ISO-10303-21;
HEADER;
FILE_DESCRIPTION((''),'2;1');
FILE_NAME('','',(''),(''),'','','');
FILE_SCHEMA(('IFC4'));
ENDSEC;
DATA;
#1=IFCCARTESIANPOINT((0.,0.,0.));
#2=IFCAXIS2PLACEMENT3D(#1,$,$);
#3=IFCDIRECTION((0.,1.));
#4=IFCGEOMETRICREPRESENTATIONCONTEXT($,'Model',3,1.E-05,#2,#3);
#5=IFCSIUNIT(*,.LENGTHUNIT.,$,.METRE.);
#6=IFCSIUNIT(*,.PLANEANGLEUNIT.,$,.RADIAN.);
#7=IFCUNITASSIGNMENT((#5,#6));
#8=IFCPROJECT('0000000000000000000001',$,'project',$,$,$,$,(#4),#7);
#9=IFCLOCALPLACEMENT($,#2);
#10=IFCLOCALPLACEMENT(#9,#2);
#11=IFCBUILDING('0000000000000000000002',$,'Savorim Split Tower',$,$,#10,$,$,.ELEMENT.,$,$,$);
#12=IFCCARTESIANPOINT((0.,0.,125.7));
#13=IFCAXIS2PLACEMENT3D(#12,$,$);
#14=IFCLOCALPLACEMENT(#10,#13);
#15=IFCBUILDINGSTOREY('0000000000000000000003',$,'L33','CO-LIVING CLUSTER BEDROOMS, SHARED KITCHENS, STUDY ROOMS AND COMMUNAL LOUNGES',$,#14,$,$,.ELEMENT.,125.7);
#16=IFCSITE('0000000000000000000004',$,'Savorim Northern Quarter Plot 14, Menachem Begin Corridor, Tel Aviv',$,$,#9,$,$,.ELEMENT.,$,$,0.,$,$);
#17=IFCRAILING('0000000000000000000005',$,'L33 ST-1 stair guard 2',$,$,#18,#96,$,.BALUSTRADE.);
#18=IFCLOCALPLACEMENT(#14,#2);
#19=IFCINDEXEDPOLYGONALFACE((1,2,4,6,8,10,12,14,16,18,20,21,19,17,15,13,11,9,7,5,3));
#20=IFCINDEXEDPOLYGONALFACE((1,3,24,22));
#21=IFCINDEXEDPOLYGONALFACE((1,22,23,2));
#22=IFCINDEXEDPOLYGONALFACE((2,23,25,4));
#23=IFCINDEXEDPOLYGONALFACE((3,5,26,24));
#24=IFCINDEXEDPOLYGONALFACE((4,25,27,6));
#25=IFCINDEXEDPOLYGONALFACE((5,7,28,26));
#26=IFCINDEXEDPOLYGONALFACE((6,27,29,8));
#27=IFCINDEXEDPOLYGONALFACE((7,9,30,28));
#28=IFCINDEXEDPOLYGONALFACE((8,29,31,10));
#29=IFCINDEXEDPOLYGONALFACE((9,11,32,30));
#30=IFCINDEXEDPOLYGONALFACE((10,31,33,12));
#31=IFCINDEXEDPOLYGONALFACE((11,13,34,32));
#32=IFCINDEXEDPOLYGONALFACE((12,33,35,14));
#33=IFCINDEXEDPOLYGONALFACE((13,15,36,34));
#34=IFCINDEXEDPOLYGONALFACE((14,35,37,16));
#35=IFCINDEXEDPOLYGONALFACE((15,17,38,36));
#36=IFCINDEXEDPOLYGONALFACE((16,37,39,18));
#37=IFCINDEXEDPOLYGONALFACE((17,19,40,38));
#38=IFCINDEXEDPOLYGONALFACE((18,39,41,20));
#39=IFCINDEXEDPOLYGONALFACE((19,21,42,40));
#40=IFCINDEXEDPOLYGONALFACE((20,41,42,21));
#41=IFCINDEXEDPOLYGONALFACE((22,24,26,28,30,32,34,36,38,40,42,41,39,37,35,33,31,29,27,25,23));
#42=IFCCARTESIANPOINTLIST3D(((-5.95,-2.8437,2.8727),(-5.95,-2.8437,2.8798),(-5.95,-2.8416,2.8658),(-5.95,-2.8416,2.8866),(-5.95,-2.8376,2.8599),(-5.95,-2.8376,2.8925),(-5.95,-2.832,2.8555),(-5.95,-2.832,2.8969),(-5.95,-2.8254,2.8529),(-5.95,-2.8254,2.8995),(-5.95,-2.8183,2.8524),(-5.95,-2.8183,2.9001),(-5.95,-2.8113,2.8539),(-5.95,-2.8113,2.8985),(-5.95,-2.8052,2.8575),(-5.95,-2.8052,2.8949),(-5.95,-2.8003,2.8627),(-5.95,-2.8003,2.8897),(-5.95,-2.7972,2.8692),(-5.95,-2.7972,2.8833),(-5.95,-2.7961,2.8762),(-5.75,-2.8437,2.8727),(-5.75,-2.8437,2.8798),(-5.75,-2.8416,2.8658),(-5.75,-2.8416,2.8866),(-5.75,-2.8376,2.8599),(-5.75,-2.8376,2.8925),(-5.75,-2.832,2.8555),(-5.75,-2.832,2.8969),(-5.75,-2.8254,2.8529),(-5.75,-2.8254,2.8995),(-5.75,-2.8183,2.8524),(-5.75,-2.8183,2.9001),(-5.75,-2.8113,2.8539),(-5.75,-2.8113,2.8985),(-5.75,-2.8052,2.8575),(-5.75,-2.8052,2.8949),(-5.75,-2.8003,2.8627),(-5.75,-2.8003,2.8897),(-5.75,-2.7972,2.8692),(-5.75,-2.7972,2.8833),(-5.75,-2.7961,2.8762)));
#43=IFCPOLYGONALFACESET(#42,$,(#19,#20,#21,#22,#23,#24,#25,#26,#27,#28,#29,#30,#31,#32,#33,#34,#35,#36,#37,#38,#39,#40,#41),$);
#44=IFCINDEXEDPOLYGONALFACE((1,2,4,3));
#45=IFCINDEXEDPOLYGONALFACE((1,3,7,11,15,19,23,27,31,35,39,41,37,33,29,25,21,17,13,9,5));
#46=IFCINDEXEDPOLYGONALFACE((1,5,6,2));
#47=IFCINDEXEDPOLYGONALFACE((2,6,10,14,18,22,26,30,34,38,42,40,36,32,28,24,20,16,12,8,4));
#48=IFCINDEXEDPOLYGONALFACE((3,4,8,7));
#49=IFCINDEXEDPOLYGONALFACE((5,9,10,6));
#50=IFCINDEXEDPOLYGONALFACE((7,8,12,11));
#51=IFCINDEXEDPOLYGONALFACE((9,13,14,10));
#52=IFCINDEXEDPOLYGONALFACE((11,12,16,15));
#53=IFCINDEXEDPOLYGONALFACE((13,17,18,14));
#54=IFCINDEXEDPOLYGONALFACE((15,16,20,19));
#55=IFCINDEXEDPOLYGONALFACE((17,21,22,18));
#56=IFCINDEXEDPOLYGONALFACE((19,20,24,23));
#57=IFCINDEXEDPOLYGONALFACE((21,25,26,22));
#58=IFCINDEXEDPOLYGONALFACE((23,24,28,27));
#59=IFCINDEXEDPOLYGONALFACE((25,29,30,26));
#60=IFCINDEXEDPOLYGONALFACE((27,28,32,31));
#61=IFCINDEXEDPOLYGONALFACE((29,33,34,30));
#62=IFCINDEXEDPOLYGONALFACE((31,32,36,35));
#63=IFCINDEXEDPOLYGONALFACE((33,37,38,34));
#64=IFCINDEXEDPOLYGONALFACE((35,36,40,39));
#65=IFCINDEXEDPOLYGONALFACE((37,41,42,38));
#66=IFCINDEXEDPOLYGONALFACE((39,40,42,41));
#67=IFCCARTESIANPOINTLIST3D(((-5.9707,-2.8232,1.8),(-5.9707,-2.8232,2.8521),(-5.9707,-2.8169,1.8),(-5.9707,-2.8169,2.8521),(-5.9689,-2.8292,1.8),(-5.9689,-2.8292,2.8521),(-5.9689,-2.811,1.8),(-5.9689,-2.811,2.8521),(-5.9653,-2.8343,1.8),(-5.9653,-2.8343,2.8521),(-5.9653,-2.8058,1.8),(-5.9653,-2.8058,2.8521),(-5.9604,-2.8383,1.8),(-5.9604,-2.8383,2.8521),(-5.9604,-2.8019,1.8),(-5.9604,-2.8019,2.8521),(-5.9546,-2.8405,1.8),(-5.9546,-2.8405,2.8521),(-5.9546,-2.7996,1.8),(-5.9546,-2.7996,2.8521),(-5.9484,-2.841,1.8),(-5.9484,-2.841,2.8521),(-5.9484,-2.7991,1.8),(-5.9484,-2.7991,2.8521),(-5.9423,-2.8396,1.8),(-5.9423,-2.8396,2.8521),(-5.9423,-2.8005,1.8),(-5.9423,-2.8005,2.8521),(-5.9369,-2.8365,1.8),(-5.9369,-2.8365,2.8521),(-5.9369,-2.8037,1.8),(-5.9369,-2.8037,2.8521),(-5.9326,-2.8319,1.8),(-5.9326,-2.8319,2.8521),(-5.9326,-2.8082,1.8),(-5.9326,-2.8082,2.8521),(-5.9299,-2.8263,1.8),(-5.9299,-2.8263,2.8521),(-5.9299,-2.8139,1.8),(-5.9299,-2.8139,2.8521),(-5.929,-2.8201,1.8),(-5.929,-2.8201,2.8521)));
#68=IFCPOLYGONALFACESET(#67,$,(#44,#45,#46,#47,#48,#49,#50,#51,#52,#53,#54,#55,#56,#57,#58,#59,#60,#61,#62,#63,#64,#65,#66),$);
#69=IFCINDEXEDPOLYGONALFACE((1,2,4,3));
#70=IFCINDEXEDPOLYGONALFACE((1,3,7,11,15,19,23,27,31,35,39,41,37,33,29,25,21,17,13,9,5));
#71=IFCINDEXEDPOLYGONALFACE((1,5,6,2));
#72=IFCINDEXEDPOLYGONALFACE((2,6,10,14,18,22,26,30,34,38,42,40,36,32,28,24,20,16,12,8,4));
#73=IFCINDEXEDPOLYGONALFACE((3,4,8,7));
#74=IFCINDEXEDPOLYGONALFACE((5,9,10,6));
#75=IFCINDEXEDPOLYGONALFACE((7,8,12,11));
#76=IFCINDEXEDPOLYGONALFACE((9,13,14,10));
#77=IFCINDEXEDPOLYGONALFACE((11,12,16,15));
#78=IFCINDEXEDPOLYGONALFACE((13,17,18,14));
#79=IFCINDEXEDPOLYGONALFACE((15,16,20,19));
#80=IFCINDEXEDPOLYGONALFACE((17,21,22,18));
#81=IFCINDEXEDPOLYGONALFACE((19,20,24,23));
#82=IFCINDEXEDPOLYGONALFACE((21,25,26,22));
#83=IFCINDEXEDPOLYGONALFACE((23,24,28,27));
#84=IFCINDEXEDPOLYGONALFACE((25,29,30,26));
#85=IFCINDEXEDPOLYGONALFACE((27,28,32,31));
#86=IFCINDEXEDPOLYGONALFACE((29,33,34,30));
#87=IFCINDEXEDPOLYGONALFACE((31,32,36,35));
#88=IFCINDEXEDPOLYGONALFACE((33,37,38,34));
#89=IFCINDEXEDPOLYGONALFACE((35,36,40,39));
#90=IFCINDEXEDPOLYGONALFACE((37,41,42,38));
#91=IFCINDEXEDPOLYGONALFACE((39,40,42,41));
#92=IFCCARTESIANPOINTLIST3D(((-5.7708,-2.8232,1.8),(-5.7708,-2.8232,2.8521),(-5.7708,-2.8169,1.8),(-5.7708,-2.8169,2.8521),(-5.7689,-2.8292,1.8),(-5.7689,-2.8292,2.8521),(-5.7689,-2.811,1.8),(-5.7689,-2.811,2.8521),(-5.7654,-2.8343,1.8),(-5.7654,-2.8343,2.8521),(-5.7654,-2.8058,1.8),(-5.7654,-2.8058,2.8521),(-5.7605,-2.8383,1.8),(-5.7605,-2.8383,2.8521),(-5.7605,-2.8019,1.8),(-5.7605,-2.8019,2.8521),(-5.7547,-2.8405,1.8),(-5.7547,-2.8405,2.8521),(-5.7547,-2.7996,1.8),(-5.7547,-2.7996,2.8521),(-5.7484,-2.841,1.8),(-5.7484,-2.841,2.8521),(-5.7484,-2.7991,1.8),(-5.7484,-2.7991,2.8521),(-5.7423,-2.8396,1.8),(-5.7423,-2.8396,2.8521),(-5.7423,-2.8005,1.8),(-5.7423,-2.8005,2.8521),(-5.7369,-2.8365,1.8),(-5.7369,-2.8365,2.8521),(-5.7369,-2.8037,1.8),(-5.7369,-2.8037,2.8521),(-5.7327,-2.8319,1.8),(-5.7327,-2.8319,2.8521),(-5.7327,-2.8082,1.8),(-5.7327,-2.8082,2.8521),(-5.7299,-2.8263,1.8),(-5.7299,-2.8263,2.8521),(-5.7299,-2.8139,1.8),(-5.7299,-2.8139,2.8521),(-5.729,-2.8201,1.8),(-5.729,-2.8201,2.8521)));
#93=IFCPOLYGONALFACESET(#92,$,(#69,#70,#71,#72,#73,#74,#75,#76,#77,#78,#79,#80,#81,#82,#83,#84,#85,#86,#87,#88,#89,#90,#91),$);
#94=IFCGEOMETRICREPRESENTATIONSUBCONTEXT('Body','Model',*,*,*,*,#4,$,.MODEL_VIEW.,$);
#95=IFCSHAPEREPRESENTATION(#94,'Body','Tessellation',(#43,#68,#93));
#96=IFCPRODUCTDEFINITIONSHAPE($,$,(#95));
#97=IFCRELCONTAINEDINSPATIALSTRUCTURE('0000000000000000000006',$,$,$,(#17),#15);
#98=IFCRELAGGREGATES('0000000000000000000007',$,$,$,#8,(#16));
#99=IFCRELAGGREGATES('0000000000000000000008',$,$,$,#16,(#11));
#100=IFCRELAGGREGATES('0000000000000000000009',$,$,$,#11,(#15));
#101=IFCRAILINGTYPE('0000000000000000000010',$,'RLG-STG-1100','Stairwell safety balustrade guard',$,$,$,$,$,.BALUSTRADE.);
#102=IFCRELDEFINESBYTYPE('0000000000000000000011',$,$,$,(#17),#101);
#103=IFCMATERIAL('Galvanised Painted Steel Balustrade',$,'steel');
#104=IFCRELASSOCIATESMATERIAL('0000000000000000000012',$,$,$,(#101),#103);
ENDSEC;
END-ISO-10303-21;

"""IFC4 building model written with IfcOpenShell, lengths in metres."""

from ifc_helpers import new_model, si_unit, direction, frame, origin, origin_2d, place, context, subcontext, project, spatial, circle, extrude, material, type_object, element, save


model = new_model("IFC4")

# Units and contexts
model_context = context("Model", 3, precision=1e-05, world=origin(), true_north=direction((0.0, 1.0)))
body_context = subcontext(model_context, "Body", "Model", "MODEL_VIEW")
ifc_project = project(units=[si_unit("LENGTHUNIT", "METRE"), si_unit("PLANEANGLEUNIT", "RADIAN")], contexts=[model_context])

# Site, building, storey
site_placement = place(None, origin())
site = spatial("IfcSite", under=ifc_project, at=site_placement, Name="Savorim Northern Quarter Plot 14, Menachem Begin Corridor, Tel Aviv", CompositionType="ELEMENT", RefElevation=0.0)
building_placement = place(site_placement, origin())
building = spatial("IfcBuilding", under=site, at=building_placement, Name="Savorim Split Tower", CompositionType="ELEMENT")
storey_placement = place(building_placement, frame((0.0, 0.0, 125.7)))
storey = spatial("IfcBuildingStorey", under=building, at=storey_placement, Name="L33", Description="CO-LIVING CLUSTER BEDROOMS, SHARED KITCHENS, STUDY ROOMS AND COMMUNAL LOUNGES", CompositionType="ELEMENT", Elevation=125.7)

# Railing
ifc_material_1 = material(Name="Galvanised Painted Steel Balustrade", Category="steel")
railing_type_1 = type_object("IfcRailingType", Name="RLG-STG-1100", Description="Stairwell safety balustrade guard", PredefinedType="BALUSTRADE", material=ifc_material_1)
railing_1_placement = place(storey_placement, frame((-5.95, -2.8201, 1.8)))
element("IfcRailing", 1, at=railing_1_placement, inside=storey, type_object=railing_type_1, Name="L33 ST-1 stair guard 2", PredefinedType="BALUSTRADE", context=body_context, shape_type="SweptSolid", body=[
    extrude(circle(Radius=0.0239, at=origin_2d()), frame((0.0, 0.0, 1.0762), z_axis=(1.0, 0.0, 0.0), x_axis=(0.0, 1.0, 0.0)), (0.0, 0.0, 1.0), 0.2),
    extrude(circle(Radius=0.021, at=origin_2d()), origin(), (0.0, 0.0, 1.0), 1.052),
    extrude(circle(Radius=0.021, at=origin_2d()), frame((0.2, 0.0, 0.0)), (0.0, 0.0, 1.0), 1.052),
])

save(model, "model.ifc")
